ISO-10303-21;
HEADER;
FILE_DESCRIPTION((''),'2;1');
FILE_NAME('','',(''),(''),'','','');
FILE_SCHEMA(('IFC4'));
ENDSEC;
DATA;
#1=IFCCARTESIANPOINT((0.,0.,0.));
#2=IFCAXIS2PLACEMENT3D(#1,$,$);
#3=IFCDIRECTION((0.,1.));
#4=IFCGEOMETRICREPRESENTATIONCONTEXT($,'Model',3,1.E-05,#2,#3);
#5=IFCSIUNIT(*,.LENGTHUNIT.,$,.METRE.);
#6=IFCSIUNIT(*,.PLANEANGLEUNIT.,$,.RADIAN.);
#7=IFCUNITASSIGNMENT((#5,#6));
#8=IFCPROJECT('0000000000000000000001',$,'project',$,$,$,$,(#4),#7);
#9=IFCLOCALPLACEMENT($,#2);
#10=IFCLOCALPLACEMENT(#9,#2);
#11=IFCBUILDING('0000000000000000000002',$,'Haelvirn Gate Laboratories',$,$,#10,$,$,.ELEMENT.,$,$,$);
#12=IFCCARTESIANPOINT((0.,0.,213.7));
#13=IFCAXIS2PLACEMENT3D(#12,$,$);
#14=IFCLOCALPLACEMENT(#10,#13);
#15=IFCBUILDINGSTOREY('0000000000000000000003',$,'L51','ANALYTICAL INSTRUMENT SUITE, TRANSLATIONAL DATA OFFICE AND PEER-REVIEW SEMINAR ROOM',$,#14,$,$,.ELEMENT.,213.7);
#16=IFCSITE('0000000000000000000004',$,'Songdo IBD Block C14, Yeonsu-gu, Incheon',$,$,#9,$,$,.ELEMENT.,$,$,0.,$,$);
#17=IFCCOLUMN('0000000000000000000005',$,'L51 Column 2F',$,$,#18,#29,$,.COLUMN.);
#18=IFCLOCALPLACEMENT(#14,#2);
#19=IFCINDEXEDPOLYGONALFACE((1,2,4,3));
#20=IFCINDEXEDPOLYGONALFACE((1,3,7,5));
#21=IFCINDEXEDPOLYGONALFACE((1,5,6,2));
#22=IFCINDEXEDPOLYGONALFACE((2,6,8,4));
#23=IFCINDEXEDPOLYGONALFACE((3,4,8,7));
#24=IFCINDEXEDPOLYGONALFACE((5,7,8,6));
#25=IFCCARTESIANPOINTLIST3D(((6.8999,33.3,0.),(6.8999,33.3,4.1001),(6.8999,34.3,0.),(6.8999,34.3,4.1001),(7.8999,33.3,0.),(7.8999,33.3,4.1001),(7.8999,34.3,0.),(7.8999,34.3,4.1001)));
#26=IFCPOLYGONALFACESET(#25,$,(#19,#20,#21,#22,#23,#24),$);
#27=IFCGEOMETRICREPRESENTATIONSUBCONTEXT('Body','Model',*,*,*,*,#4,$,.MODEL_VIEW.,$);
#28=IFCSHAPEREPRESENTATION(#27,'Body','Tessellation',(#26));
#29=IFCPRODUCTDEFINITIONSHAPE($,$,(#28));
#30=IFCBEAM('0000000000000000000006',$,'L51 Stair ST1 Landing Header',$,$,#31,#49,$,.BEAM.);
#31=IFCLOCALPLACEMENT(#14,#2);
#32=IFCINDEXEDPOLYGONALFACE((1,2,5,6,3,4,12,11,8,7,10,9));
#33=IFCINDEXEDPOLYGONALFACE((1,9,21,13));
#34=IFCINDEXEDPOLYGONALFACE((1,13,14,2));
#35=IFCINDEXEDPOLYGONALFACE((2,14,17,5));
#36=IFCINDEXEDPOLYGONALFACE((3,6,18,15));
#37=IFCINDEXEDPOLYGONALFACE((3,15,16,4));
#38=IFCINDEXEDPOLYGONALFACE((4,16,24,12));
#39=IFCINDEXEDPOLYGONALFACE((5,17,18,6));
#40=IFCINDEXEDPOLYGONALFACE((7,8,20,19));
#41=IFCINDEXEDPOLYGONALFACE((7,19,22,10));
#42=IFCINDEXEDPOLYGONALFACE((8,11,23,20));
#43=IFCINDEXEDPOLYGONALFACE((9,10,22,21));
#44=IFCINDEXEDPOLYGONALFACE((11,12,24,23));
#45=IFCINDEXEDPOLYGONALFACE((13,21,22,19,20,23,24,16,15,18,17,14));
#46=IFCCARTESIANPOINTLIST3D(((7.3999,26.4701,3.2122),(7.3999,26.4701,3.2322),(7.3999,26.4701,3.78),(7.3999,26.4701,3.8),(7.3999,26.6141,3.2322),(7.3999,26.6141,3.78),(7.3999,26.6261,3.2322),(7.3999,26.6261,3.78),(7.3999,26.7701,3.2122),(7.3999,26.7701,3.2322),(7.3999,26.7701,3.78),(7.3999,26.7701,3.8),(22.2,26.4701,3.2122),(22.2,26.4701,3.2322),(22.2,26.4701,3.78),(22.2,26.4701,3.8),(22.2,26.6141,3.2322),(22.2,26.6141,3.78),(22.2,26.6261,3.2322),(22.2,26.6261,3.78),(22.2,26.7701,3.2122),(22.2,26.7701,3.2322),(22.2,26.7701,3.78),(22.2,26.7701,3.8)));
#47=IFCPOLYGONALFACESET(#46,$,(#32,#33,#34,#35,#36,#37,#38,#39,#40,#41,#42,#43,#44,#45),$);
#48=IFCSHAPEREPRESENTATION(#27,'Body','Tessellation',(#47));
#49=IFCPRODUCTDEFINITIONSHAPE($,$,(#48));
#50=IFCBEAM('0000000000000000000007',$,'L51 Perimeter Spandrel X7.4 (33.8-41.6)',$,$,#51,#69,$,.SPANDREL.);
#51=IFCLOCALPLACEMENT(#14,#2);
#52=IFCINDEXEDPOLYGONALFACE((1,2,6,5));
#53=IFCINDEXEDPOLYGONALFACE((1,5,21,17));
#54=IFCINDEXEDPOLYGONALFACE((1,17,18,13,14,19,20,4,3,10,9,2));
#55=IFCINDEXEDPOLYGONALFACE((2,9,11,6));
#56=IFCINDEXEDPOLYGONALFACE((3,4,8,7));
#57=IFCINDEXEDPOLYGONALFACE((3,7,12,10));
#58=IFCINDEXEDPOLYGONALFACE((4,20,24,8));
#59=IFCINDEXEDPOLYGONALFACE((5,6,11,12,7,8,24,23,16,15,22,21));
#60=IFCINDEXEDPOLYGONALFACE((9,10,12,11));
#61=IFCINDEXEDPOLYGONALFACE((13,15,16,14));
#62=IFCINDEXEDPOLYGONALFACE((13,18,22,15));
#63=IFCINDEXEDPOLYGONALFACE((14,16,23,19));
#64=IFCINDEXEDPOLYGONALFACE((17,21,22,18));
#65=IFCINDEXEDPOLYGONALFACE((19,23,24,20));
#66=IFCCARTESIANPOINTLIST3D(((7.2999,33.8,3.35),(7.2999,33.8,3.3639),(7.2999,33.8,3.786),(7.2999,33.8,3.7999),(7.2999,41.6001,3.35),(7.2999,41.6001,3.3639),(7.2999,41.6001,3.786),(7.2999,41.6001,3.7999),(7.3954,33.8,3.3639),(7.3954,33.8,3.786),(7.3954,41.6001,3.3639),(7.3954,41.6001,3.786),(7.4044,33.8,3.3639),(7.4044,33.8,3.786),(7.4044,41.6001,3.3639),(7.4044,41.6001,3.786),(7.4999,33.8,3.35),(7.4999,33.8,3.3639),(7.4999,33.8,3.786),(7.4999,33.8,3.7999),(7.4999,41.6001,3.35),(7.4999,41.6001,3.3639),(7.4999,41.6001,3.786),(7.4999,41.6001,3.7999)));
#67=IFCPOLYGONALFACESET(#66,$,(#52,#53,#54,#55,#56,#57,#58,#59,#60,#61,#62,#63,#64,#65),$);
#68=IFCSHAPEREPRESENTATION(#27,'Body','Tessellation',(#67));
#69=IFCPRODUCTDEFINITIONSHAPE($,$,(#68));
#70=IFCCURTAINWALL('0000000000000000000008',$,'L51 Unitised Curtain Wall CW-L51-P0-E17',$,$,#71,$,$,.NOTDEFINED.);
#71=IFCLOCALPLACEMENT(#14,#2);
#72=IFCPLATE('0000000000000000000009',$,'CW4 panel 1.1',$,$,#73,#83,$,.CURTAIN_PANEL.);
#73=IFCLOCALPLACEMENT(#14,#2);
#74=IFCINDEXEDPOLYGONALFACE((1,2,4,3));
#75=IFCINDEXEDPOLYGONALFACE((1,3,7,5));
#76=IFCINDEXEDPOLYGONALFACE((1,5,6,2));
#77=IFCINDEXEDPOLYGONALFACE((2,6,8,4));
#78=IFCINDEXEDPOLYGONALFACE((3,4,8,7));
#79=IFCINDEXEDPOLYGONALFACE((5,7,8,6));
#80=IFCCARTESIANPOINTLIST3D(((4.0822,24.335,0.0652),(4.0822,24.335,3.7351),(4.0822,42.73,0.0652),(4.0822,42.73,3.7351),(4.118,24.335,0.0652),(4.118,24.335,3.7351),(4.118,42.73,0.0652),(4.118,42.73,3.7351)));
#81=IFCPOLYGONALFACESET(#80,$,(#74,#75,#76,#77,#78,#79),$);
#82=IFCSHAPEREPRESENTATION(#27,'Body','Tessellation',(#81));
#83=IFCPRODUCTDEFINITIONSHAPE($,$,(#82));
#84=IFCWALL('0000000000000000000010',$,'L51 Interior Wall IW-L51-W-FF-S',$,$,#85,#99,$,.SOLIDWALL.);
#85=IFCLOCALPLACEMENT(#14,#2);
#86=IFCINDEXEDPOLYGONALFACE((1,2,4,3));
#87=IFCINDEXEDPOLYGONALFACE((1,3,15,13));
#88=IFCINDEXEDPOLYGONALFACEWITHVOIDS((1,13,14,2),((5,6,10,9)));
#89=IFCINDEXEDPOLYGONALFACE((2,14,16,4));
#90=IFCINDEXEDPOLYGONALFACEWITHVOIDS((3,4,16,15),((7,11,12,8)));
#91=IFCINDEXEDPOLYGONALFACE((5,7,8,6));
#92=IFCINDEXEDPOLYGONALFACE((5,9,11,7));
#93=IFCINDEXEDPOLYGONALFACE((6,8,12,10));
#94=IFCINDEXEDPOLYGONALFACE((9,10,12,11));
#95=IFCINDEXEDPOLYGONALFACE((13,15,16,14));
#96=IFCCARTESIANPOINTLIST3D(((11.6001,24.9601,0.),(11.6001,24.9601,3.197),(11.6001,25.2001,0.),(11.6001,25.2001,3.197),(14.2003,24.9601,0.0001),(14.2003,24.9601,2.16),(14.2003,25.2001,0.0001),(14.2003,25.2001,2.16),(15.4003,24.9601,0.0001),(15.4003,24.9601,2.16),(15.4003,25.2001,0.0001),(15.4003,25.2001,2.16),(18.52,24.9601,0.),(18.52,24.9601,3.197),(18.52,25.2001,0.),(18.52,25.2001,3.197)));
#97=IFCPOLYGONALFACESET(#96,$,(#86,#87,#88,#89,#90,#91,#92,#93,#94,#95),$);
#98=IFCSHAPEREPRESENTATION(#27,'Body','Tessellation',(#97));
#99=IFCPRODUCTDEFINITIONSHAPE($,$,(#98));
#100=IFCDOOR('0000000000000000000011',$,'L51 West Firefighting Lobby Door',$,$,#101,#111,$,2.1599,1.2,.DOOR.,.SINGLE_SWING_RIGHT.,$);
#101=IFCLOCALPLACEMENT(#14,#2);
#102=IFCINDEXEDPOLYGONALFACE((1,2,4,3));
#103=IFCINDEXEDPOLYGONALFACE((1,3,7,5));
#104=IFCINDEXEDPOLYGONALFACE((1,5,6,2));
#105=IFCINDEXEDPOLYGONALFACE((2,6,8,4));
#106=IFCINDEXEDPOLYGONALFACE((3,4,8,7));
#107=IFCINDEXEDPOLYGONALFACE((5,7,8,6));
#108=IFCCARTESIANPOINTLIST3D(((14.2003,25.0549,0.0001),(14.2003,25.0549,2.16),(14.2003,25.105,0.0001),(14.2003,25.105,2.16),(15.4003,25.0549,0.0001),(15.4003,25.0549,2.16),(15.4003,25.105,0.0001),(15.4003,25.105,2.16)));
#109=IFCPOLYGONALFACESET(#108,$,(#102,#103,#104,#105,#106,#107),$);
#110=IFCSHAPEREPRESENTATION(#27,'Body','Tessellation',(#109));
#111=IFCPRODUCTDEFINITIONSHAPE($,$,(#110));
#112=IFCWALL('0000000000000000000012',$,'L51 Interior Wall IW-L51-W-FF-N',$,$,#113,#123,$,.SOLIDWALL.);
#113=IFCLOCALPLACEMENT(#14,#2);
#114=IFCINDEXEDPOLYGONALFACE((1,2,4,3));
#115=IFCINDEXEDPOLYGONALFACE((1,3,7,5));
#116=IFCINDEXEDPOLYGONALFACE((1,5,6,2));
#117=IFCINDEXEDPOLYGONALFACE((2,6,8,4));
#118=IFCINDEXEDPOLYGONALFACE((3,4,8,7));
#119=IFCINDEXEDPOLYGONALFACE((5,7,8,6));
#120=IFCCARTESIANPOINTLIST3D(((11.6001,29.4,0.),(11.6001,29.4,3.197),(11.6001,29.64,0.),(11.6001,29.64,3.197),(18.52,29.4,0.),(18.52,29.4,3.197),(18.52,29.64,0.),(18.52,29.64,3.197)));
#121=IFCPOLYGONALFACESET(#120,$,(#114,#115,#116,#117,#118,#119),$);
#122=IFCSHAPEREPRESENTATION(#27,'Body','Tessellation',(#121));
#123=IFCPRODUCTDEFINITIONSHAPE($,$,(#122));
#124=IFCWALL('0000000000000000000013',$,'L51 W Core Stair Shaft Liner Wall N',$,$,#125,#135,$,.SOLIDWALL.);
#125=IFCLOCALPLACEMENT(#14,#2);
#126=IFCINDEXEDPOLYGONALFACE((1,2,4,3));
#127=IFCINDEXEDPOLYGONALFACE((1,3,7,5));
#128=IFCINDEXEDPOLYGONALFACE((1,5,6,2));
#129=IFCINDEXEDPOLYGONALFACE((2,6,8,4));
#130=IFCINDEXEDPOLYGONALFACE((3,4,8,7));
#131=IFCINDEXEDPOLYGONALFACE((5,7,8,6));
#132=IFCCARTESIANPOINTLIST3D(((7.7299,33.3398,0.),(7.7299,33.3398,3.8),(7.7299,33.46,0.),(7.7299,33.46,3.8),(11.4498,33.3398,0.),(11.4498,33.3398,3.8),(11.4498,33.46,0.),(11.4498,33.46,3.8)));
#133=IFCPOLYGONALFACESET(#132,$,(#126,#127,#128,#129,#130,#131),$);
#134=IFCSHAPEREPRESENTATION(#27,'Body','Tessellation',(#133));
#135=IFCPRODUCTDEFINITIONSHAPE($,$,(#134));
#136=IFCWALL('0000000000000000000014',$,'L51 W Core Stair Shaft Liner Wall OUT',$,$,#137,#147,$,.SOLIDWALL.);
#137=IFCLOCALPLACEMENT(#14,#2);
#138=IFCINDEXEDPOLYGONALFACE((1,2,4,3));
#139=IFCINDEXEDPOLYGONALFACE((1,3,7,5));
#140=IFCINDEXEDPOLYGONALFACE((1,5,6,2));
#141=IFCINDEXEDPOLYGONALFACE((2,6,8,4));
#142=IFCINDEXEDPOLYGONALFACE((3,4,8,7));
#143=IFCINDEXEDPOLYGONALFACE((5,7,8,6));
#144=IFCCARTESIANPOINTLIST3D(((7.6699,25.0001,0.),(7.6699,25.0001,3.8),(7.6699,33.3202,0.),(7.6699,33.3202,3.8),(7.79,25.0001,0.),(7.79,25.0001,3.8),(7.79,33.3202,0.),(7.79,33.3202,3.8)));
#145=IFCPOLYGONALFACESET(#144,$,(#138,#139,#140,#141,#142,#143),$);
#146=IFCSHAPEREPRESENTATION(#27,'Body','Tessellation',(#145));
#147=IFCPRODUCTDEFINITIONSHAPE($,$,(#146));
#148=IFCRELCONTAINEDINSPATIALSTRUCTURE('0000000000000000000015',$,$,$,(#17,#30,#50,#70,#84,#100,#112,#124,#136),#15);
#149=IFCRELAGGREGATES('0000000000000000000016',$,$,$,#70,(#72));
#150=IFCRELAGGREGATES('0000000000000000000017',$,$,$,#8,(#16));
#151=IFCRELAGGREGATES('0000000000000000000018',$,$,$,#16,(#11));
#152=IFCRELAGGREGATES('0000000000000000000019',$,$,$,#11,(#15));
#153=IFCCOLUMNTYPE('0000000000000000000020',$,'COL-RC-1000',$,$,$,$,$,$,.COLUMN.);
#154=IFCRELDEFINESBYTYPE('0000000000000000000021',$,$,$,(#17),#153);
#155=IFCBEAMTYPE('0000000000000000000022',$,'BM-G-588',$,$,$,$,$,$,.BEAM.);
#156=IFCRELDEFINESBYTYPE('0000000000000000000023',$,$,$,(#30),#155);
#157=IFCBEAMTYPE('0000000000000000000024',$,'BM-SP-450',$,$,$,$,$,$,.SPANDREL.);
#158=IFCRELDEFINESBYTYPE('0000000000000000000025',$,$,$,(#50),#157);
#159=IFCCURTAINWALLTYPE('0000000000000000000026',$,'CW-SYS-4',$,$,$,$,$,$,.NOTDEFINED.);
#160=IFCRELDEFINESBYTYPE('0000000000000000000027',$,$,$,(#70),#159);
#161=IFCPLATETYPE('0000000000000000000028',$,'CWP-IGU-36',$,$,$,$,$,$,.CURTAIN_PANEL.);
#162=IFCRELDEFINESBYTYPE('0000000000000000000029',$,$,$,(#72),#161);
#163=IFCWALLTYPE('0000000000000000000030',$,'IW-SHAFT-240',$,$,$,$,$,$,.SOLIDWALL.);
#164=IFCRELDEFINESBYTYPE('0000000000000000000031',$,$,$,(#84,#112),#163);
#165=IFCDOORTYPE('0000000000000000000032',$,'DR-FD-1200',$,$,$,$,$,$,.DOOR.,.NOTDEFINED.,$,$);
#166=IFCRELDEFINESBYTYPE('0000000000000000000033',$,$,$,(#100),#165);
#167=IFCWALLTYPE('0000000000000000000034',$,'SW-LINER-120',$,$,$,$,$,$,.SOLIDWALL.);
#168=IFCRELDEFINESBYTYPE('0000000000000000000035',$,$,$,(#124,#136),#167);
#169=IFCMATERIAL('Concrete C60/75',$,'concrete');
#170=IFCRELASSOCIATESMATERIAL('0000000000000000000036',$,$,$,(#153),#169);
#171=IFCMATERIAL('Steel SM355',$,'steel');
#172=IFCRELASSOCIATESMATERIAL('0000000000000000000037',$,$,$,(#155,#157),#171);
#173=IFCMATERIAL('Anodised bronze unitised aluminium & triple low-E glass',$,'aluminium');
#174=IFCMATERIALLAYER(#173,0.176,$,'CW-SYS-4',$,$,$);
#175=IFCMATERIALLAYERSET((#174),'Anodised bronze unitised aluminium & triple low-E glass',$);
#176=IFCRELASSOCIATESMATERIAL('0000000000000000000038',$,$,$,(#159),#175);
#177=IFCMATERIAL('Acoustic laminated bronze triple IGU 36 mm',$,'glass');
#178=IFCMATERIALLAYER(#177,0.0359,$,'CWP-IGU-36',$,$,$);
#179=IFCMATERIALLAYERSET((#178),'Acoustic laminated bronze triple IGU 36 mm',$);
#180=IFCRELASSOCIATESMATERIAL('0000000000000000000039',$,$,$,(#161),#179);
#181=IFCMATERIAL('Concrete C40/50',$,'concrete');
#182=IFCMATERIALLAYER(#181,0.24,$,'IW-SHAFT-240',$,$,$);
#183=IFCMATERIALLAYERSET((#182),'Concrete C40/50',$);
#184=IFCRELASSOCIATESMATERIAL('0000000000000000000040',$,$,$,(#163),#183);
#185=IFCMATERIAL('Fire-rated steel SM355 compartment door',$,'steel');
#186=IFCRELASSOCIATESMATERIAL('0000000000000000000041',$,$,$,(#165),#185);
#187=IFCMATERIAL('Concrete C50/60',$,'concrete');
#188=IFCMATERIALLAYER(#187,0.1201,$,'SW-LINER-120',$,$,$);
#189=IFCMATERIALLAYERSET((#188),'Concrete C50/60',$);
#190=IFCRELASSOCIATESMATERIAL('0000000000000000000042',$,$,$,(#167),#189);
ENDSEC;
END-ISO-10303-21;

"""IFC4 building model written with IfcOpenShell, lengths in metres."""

from ifc_helpers import new_model, si_unit, direction, frame, frame_2d, origin, origin_2d, place, context, subcontext, project, spatial, rectangle, i_section, extrude, source, transform, mapped, material, layer, layer_set, material_profile, profile_set, type_object, type_shapes, element, fill, aggregate, save


model = new_model("IFC4")

# Units and contexts
model_context = context("Model", 3, precision=1e-05, world=origin(), true_north=direction((0.0, 1.0)))
body_context = subcontext(model_context, "Body", "Model", "MODEL_VIEW")
ifc_project = project(units=[si_unit("LENGTHUNIT", "METRE"), si_unit("PLANEANGLEUNIT", "RADIAN")], contexts=[model_context])

# Site, building, storey
site_placement = place(None, origin())
site = spatial("IfcSite", under=ifc_project, at=site_placement, Name="Songdo IBD Block C14, Yeonsu-gu, Incheon", CompositionType="ELEMENT", RefElevation=0.0)
building_placement = place(site_placement, origin())
building = spatial("IfcBuilding", under=site, at=building_placement, Name="Haelvirn Gate Laboratories", CompositionType="ELEMENT")
storey_placement = place(building_placement, frame((0.0, 0.0, 213.7)))
storey = spatial("IfcBuildingStorey", under=building, at=storey_placement, Name="L51", Description="ANALYTICAL INSTRUMENT SUITE, TRANSLATIONAL DATA OFFICE AND PEER-REVIEW SEMINAR ROOM", CompositionType="ELEMENT", Elevation=213.7)

# Column
ifc_material_1 = material(Name="Concrete C60/75", Category="concrete")
ifc_material_profile_1 = material_profile(ifc_material_1, rectangle(XDim=1.0, YDim=1.0, at=origin_2d()), Name="RC-1000x1000")
ifc_profile_set_1 = profile_set([ifc_material_profile_1], Name="Concrete C60/75")
column_type = type_object("IfcColumnType", Name="COL-RC-1000", PredefinedType="COLUMN", material=ifc_profile_set_1)
shared_shape_1 = source(origin(), body_context, "Body", "SweptSolid", [
    extrude(rectangle(XDim=1.0, YDim=1.0, at=origin_2d()), origin(), (0.0, 0.0, 1.0), 4.1001),
])
type_shapes(column_type, [shared_shape_1])
column_placement = place(storey_placement, frame((7.3999, 33.8, 0.0), z_axis=(0.0, 0.0, 1.0), x_axis=(1.0, 0.0, 0.0)))
element("IfcColumn", 1, at=column_placement, inside=storey, type_object=column_type, Name="L51 Column 2F", PredefinedType="COLUMN", context=body_context, shape_type="MappedRepresentation", body=[
    mapped(shared_shape_1, transform((0.0, 0.0, 0.0), scale=1.0)),
])

# Beams
ifc_material_2 = material(Name="Steel SM355", Category="steel")
ifc_material_profile_2 = material_profile(ifc_material_2, i_section(OverallWidth=0.3, OverallDepth=0.5879, WebThickness=0.012, FlangeThickness=0.02, at=origin_2d()), Name="H-588x300x12x20")
ifc_profile_set_2 = profile_set([ifc_material_profile_2], Name="Steel SM355")
beam_type_1 = type_object("IfcBeamType", Name="BM-G-588", PredefinedType="BEAM", material=ifc_profile_set_2)
shared_shape_2 = source(origin(), body_context, "Body", "SweptSolid", [
    extrude(i_section(OverallWidth=0.3, OverallDepth=0.5879, WebThickness=0.012, FlangeThickness=0.02, at=origin_2d()), origin(), (0.0, 0.0, 1.0), 14.8),
])
type_shapes(beam_type_1, [shared_shape_2])
beam_1_placement = place(storey_placement, frame((7.3999, 26.6201, 3.5061), z_axis=(1.0, 0.0, 0.0), x_axis=(0.0, 1.0, 0.0)))
element("IfcBeam", 2, at=beam_1_placement, inside=storey, type_object=beam_type_1, Name="L51 Stair ST1 Landing Header", PredefinedType="BEAM", context=body_context, shape_type="MappedRepresentation", body=[
    mapped(shared_shape_2, transform((0.0, 0.0, 0.0), scale=1.0)),
])
ifc_material_profile_3 = material_profile(ifc_material_2, i_section(OverallWidth=0.2, OverallDepth=0.45, WebThickness=0.009, FlangeThickness=0.0139, at=origin_2d()), Name="H-450x200x9x14")
ifc_profile_set_3 = profile_set([ifc_material_profile_3], Name="Steel SM355")
beam_type_2 = type_object("IfcBeamType", Name="BM-SP-450", PredefinedType="SPANDREL", material=ifc_profile_set_3)
shared_shape_3 = source(origin(), body_context, "Body", "SweptSolid", [
    extrude(i_section(OverallWidth=0.2, OverallDepth=0.45, WebThickness=0.009, FlangeThickness=0.0139, at=origin_2d()), origin(), (0.0, 0.0, 1.0), 7.8),
])
type_shapes(beam_type_2, [shared_shape_3])
beam_2_placement = place(storey_placement, frame((7.3999, 33.8, 3.575), z_axis=(0.0, 1.0, 0.0), x_axis=(-1.0, 0.0, 0.0)))
element("IfcBeam", 3, at=beam_2_placement, inside=storey, type_object=beam_type_2, Name="L51 Perimeter Spandrel X7.4 (33.8-41.6)", PredefinedType="SPANDREL", context=body_context, shape_type="MappedRepresentation", body=[
    mapped(shared_shape_3, transform((0.0, 0.0, 0.0), scale=1.0)),
])

# Curtain wall, plate
ifc_material_3 = material(Name="Anodised bronze unitised aluminium & triple low-E glass", Category="aluminium")
ifc_layer_1 = layer(ifc_material_3, 0.176, Name="CW-SYS-4")
ifc_layer_set_1 = layer_set([ifc_layer_1], Name="Anodised bronze unitised aluminium & triple low-E glass")
curtain_wall_type = type_object("IfcCurtainWallType", Name="CW-SYS-4", PredefinedType="NOTDEFINED", material=ifc_layer_set_1)
curtain_wall_placement = place(storey_placement, origin())
curtain_wall = element("IfcCurtainWall", 4, at=curtain_wall_placement, inside=storey, type_object=curtain_wall_type, Name="L51 Unitised Curtain Wall CW-L51-P0-E17", PredefinedType="NOTDEFINED")
ifc_material_4 = material(Name="Acoustic laminated bronze triple IGU 36 mm", Category="glass")
ifc_layer_2 = layer(ifc_material_4, 0.0359, Name="CWP-IGU-36")
ifc_layer_set_2 = layer_set([ifc_layer_2], Name="Acoustic laminated bronze triple IGU 36 mm")
plate_type = type_object("IfcPlateType", Name="CWP-IGU-36", PredefinedType="CURTAIN_PANEL", material=ifc_layer_set_2)
shared_shape_4 = source(origin(), body_context, "Body", "SweptSolid", [
    extrude(rectangle(XDim=18.395, YDim=0.0359, at=origin_2d()), origin(), (0.0, 0.0, 1.0), 3.6699),
])
type_shapes(plate_type, [shared_shape_4])
plate_placement = place(storey_placement, frame((4.1001, 33.5325, 0.0652), z_axis=(0.0, 0.0, 1.0), x_axis=(0.0, -1.0, 0.0)))
plate = element("IfcPlate", 5, at=plate_placement, type_object=plate_type, Name="CW4 panel 1.1", PredefinedType="CURTAIN_PANEL", context=body_context, shape_type="MappedRepresentation", body=[
    mapped(shared_shape_4, transform((0.0, 0.0, 0.0), scale=1.0)),
])
aggregate(curtain_wall, [plate])

# Wall, opening, door
ifc_material_5 = material(Name="Concrete C40/50", Category="concrete")
ifc_layer_3 = layer(ifc_material_5, 0.24, Name="IW-SHAFT-240")
ifc_layer_set_3 = layer_set([ifc_layer_3], Name="Concrete C40/50")
wall_type_1 = type_object("IfcWallType", Name="IW-SHAFT-240", PredefinedType="SOLIDWALL", material=ifc_layer_set_3)
wall_1_placement = place(storey_placement, frame((11.6001, 25.0801, 0.0), z_axis=(0.0, 0.0, 1.0), x_axis=(1.0, 0.0, 0.0)))
wall_1 = element("IfcWall", 6, at=wall_1_placement, inside=storey, type_object=wall_type_1, Name="L51 Interior Wall IW-L51-W-FF-S", PredefinedType="SOLIDWALL", context=body_context, shape_type="SweptSolid", body=[
    extrude(rectangle(XDim=6.9199, YDim=0.24, at=frame_2d((3.46, 0.0))), origin(), (0.0, 0.0, 1.0), 3.197),
])
opening_1_placement = place(wall_1_placement, frame((2.6001, 0.0, 0.0)))
opening_1 = element("IfcOpeningElement", 7, at=opening_1_placement, cuts=wall_1, PredefinedType="OPENING", context=body_context, shape_type="SweptSolid", body=[
    extrude(rectangle(XDim=1.2, YDim=2.1599, at=frame_2d((0.6001, 1.0801))), frame((0.0, 0.1299, 0.0), z_axis=(0.0, -1.0, 0.0), x_axis=(1.0, 0.0, 0.0)), (0.0, 0.0, 1.0), 0.26),
])
ifc_material_6 = material(Name="Fire-rated steel SM355 compartment door", Category="steel")
door_type_1 = type_object("IfcDoorType", Name="DR-FD-1200", OperationType="NOTDEFINED", PredefinedType="DOOR", material=ifc_material_6)
shared_shape_5 = source(origin(), body_context, "Body", "SweptSolid", [
    extrude(rectangle(XDim=1.2, YDim=2.1599, at=frame_2d((0.6001, 1.0801))), frame((0.0, 0.0249, 0.0), z_axis=(0.0, -1.0, 0.0), x_axis=(1.0, 0.0, 0.0)), (0.0, 0.0, 1.0), 0.05),
])
type_shapes(door_type_1, [shared_shape_5])
door_1_placement = place(opening_1_placement, origin())
door_1 = element("IfcDoor", 8, at=door_1_placement, inside=storey, type_object=door_type_1, Name="L51 West Firefighting Lobby Door", OperationType="SINGLE_SWING_RIGHT", OverallHeight=2.1599, OverallWidth=1.2, PredefinedType="DOOR", context=body_context, shape_type="MappedRepresentation", body=[
    mapped(shared_shape_5, transform((0.0, 0.0, 0.0), scale=1.0)),
])
fill(opening_1, door_1)

# Wall
wall_2_placement = place(storey_placement, frame((11.6001, 29.52, 0.0), z_axis=(0.0, 0.0, 1.0), x_axis=(1.0, 0.0, 0.0)))
element("IfcWall", 9, at=wall_2_placement, inside=storey, type_object=wall_type_1, Name="L51 Interior Wall IW-L51-W-FF-N", PredefinedType="SOLIDWALL", context=body_context, shape_type="SweptSolid", body=[
    extrude(rectangle(XDim=6.9199, YDim=0.24, at=frame_2d((3.46, 0.0))), origin(), (0.0, 0.0, 1.0), 3.197),
])

# Shared definitions
ifc_material_7 = material(Name="Concrete C50/60", Category="concrete")

# Walls
ifc_layer_4 = layer(ifc_material_7, 0.1201, Name="SW-LINER-120")
ifc_layer_set_4 = layer_set([ifc_layer_4], Name="Concrete C50/60")
wall_type_2 = type_object("IfcWallType", Name="SW-LINER-120", PredefinedType="SOLIDWALL", material=ifc_layer_set_4)
wall_3_placement = place(storey_placement, frame((7.73, 33.3999, 0.0), z_axis=(0.0, 0.0, 1.0), x_axis=(1.0, 0.0, 0.0)))
element("IfcWall", 10, at=wall_3_placement, inside=storey, type_object=wall_type_2, Name="L51 W Core Stair Shaft Liner Wall N", PredefinedType="SOLIDWALL", context=body_context, shape_type="SweptSolid", body=[
    extrude(rectangle(XDim=3.72, YDim=0.1201, at=frame_2d((1.8599, 0.0))), origin(), (0.0, 0.0, 1.0), 3.8),
])
wall_4_placement = place(storey_placement, frame((7.73, 25.0, 0.0), z_axis=(0.0, 0.0, 1.0), x_axis=(0.0, 1.0, 0.0)))
element("IfcWall", 11, at=wall_4_placement, inside=storey, type_object=wall_type_2, Name="L51 W Core Stair Shaft Liner Wall OUT", PredefinedType="SOLIDWALL", context=body_context, shape_type="SweptSolid", body=[
    extrude(rectangle(XDim=8.3201, YDim=0.1201, at=frame_2d((4.1602, 0.0))), origin(), (0.0, 0.0, 1.0), 3.8),
])

save(model, "model.ifc")
